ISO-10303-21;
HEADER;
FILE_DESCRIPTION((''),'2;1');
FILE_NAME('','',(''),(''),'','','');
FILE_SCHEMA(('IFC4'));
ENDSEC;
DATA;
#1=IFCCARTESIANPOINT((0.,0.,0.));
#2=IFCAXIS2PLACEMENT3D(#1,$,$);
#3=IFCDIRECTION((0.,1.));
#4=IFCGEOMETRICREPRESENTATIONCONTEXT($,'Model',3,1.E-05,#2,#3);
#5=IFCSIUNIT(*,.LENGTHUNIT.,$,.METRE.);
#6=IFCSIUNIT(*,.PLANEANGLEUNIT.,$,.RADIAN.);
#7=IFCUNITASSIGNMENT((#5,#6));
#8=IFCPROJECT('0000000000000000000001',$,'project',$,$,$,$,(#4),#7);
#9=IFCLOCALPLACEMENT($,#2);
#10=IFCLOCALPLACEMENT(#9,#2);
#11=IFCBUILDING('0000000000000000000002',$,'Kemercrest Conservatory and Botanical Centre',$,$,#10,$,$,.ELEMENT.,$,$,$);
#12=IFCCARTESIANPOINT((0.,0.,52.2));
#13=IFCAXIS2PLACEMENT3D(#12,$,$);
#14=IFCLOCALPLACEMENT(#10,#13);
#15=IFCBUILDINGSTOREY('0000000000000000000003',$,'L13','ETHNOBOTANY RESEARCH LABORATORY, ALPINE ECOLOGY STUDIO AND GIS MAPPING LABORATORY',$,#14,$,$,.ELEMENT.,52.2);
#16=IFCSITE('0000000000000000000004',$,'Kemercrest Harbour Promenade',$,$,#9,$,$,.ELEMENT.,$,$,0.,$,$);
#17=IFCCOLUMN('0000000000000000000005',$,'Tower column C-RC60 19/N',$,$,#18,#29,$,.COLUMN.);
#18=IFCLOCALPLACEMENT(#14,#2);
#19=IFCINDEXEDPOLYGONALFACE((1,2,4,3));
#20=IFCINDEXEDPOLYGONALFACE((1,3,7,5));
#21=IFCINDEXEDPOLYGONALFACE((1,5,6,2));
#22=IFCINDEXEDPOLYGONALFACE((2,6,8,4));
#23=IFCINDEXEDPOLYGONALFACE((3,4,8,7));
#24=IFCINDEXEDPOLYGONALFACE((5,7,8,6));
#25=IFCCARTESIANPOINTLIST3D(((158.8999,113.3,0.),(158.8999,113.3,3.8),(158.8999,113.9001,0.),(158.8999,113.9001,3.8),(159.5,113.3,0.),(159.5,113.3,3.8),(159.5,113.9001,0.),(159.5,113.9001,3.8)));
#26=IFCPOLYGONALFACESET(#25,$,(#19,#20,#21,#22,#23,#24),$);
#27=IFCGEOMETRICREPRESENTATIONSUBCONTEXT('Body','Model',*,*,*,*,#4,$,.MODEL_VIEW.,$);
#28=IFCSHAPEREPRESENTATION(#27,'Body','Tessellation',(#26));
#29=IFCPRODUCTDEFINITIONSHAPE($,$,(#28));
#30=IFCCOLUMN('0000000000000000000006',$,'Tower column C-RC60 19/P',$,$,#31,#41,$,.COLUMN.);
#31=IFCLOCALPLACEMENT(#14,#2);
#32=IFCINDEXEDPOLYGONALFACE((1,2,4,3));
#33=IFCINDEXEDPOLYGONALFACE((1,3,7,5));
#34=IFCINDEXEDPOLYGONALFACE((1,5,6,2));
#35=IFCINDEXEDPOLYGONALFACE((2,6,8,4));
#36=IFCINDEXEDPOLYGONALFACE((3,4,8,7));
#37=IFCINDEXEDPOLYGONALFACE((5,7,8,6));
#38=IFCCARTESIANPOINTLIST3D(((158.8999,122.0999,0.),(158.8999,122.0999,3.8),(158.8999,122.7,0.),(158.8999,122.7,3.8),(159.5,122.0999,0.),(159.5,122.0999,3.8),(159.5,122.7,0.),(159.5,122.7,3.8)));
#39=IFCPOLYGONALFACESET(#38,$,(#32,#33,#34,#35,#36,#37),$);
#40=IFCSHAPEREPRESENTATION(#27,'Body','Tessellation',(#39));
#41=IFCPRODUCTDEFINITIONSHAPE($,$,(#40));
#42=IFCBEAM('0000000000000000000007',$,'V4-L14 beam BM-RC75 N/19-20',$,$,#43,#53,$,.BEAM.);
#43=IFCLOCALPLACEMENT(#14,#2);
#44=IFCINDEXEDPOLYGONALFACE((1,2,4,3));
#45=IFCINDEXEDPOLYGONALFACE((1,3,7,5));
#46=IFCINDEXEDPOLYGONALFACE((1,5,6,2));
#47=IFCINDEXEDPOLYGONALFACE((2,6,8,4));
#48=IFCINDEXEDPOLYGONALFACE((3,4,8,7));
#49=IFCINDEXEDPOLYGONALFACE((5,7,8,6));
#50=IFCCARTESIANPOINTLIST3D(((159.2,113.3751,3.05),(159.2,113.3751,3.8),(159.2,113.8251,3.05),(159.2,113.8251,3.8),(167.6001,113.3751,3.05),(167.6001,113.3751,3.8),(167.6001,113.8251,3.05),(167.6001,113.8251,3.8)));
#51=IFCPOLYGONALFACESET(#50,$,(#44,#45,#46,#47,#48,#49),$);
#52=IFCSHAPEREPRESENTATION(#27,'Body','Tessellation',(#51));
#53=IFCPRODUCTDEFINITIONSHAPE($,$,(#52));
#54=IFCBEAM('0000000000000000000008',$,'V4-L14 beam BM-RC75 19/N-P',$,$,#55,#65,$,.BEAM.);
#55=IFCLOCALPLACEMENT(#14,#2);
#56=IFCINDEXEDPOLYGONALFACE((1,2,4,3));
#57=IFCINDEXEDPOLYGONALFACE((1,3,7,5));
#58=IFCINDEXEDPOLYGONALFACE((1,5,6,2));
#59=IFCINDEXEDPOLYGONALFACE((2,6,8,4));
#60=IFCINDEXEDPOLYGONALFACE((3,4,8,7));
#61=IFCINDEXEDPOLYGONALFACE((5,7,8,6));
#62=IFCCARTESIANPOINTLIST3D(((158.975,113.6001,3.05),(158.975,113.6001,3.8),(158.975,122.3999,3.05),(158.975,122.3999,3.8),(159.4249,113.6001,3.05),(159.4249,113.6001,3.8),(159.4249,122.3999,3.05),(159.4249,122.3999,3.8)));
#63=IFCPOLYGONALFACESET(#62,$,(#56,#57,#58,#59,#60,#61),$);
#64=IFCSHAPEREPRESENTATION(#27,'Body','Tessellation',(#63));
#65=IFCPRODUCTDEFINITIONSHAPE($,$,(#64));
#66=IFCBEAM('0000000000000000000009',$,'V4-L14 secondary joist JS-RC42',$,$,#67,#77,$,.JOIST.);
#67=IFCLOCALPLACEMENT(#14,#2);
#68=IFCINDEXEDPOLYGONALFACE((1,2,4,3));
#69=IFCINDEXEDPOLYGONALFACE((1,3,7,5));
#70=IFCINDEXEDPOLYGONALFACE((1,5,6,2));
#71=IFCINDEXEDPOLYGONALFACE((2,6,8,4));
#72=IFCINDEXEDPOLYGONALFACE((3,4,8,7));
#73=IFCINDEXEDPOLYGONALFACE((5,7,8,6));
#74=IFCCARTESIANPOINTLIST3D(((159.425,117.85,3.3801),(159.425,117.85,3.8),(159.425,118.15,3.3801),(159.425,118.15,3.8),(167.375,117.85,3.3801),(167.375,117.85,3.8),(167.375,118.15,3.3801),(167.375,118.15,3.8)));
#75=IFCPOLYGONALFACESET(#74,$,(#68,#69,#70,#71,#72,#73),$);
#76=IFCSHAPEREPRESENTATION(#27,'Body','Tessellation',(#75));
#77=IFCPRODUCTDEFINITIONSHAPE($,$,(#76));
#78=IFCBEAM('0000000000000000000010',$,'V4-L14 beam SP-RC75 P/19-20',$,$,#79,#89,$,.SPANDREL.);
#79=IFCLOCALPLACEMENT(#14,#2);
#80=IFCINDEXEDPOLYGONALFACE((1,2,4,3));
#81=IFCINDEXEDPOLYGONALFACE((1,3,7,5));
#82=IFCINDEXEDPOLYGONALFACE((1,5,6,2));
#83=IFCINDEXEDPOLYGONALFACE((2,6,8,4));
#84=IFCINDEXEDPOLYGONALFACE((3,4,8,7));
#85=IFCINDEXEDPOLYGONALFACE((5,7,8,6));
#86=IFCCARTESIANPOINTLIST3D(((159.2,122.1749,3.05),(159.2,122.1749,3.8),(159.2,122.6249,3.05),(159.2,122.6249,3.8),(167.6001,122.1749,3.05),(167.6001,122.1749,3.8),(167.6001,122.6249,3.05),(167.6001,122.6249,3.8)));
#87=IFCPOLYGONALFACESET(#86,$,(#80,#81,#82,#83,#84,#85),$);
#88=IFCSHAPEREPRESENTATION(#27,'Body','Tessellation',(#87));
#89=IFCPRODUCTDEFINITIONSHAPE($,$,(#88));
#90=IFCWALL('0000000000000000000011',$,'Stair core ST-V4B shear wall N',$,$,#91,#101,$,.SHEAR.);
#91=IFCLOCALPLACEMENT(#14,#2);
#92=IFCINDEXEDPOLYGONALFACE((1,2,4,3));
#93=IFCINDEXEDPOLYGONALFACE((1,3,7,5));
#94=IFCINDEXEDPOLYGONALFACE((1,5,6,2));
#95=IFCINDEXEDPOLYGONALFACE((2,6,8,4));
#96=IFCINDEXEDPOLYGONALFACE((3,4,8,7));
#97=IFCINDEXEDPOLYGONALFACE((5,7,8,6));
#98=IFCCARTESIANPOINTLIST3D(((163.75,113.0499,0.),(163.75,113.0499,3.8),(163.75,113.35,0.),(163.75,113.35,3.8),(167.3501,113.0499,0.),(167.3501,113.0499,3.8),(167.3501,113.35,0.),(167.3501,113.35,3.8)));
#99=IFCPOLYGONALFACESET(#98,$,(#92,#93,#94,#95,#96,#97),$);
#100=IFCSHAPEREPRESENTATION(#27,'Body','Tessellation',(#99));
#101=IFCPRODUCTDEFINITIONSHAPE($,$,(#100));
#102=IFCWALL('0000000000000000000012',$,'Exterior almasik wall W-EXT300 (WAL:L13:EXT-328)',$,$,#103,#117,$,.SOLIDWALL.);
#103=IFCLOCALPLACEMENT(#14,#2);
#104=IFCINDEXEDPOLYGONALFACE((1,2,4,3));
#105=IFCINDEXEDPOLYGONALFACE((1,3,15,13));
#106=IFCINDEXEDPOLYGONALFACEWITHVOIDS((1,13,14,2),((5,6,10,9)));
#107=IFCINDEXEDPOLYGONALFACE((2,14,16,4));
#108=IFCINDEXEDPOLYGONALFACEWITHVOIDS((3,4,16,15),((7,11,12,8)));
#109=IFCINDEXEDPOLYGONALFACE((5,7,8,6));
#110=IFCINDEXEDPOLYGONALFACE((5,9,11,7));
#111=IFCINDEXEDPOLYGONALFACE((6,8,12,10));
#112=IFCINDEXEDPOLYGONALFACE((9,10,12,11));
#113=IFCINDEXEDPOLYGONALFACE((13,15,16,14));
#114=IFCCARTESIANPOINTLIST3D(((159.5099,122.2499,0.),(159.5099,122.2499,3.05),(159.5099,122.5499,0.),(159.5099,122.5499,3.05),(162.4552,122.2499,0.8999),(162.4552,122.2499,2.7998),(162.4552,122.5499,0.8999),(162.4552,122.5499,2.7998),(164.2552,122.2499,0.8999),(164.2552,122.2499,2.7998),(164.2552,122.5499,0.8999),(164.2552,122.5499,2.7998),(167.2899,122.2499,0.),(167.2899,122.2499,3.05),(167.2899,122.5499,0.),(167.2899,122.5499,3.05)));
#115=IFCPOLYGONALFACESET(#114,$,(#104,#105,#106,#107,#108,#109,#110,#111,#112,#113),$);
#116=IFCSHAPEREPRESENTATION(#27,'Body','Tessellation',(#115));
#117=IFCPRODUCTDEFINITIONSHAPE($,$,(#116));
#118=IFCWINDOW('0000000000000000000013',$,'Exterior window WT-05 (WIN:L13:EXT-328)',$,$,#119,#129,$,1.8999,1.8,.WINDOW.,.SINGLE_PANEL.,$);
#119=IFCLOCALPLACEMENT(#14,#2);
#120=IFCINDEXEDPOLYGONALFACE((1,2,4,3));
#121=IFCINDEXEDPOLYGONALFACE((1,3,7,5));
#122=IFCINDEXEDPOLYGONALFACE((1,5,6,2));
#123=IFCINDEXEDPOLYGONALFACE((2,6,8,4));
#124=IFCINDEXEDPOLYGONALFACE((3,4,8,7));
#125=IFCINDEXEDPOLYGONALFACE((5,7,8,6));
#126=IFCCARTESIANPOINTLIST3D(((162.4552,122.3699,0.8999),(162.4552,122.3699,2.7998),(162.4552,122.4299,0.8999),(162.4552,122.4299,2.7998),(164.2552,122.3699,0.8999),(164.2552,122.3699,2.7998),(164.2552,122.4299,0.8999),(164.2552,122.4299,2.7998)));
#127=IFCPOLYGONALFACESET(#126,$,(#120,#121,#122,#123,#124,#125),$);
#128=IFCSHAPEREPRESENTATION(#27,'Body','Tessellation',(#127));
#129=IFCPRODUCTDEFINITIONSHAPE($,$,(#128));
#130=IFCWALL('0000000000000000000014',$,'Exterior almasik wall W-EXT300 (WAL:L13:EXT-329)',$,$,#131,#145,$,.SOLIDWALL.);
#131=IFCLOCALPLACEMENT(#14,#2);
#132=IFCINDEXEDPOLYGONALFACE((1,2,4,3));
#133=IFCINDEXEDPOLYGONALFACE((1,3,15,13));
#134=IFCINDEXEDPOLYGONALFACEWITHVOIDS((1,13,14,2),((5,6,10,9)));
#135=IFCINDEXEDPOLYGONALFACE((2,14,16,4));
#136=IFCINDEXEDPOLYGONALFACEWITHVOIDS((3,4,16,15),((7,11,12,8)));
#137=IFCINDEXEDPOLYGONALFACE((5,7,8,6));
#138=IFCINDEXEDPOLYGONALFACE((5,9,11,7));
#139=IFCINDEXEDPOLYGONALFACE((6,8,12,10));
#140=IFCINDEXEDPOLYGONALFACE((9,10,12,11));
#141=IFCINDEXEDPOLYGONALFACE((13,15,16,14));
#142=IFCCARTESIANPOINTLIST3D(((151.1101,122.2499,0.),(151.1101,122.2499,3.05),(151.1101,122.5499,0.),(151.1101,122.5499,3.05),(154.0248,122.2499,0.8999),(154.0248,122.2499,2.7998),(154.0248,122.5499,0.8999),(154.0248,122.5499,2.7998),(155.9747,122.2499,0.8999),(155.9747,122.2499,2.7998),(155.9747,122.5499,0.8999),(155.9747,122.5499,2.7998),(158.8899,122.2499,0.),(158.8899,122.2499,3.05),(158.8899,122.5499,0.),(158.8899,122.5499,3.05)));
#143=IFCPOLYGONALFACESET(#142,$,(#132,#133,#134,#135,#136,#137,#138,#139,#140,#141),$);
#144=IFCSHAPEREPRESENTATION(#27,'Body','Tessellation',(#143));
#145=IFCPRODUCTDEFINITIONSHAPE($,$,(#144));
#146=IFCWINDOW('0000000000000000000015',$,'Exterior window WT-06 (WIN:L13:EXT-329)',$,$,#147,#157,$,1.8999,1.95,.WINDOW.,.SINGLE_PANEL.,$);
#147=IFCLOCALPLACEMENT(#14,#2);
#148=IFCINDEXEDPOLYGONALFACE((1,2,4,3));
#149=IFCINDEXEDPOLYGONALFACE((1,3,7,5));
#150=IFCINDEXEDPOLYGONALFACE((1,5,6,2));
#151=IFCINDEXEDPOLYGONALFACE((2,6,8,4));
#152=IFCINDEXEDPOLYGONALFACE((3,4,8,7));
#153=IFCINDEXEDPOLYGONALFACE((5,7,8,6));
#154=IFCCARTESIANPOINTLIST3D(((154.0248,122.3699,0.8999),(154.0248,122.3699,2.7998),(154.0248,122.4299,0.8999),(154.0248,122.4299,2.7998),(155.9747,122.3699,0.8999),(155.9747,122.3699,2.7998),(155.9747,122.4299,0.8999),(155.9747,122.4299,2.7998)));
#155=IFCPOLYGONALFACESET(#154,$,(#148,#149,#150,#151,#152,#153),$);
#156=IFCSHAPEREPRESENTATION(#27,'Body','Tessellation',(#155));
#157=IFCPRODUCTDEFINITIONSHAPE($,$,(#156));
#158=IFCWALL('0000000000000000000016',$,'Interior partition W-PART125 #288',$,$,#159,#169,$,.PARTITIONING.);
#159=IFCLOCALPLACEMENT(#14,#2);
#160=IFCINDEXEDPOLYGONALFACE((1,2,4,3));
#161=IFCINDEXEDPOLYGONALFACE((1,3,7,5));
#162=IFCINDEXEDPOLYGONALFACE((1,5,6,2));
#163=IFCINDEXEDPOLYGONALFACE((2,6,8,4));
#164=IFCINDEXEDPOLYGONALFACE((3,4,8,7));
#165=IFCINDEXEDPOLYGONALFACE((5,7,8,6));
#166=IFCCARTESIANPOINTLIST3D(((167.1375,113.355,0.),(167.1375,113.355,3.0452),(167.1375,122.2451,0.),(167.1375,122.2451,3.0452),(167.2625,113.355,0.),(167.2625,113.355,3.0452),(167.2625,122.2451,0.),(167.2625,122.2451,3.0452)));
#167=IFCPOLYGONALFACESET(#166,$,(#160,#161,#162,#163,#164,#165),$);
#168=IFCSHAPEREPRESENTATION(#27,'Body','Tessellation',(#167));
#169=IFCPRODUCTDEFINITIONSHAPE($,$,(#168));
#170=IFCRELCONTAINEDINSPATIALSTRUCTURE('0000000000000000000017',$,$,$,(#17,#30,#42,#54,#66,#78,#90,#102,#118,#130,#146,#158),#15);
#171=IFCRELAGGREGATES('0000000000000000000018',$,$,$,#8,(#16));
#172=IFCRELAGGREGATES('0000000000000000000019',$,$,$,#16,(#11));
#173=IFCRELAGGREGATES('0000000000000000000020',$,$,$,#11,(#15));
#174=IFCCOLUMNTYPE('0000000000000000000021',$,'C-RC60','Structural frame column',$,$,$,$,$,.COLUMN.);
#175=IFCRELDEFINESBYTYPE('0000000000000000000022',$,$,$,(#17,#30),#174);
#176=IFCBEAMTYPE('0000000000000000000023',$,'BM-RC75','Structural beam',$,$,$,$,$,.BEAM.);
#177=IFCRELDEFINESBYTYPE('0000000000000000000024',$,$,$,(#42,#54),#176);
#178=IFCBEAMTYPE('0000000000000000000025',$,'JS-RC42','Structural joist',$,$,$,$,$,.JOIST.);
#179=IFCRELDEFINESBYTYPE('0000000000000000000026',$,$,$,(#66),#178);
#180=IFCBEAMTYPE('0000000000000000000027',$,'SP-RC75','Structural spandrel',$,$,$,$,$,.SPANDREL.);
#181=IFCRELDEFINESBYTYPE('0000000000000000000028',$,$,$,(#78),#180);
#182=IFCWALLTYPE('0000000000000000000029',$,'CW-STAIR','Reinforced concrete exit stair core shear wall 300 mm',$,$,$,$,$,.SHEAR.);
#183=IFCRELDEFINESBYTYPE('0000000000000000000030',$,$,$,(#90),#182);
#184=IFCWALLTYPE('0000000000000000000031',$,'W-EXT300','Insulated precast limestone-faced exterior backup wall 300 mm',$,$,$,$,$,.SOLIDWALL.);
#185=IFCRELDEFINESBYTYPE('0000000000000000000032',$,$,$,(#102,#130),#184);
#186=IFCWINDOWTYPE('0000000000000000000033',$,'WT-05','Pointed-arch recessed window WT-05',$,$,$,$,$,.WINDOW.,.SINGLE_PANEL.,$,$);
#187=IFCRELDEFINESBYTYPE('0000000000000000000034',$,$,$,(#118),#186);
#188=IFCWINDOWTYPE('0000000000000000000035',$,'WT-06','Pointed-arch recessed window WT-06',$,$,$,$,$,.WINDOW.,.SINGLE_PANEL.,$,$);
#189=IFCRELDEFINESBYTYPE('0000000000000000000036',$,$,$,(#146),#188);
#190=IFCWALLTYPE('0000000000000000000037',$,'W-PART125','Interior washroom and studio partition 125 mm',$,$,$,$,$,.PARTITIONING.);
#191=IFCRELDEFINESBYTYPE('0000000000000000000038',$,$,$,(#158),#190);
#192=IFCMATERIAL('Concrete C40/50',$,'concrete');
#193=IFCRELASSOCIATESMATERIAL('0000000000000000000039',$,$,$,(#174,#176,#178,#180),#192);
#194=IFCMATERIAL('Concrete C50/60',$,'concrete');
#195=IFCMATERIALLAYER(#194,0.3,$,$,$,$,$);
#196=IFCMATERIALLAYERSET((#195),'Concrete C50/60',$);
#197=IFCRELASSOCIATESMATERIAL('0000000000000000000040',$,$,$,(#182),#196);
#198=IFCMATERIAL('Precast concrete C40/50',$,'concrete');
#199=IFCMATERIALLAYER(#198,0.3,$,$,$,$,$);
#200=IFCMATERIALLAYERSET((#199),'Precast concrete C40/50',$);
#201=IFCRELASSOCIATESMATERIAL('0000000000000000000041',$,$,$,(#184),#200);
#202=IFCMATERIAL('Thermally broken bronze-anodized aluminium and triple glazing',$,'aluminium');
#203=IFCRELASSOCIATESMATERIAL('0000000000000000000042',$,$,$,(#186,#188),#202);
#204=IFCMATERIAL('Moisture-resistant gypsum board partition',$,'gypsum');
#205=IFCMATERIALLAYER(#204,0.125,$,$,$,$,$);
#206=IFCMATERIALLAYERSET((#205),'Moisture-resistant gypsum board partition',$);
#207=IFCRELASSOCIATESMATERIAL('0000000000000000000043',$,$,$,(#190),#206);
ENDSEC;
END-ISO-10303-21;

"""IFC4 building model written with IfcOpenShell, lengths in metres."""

from ifc_helpers import new_model, si_unit, direction, frame, frame_2d, origin, origin_2d, place, context, subcontext, project, spatial, rectangle, extrude, material, layer, layer_set, material_profile, profile_set, type_object, element, fill, save


model = new_model("IFC4")

# Units and contexts
model_context = context("Model", 3, precision=1e-05, world=origin(), true_north=direction((0.0, 1.0)))
body_context = subcontext(model_context, "Body", "Model", "MODEL_VIEW")
ifc_project = project(units=[si_unit("LENGTHUNIT", "METRE"), si_unit("PLANEANGLEUNIT", "RADIAN")], contexts=[model_context])

# Site, building, storey
site_placement = place(None, origin())
site = spatial("IfcSite", under=ifc_project, at=site_placement, Name="Kemercrest Harbour Promenade", CompositionType="ELEMENT", RefElevation=0.0)
building_placement = place(site_placement, origin())
building = spatial("IfcBuilding", under=site, at=building_placement, Name="Kemercrest Conservatory and Botanical Centre", CompositionType="ELEMENT")
storey_placement = place(building_placement, frame((0.0, 0.0, 52.2)))
storey = spatial("IfcBuildingStorey", under=building, at=storey_placement, Name="L13", Description="ETHNOBOTANY RESEARCH LABORATORY, ALPINE ECOLOGY STUDIO AND GIS MAPPING LABORATORY", CompositionType="ELEMENT", Elevation=52.2)

# Columns
ifc_material_1 = material(Name="Concrete C40/50", Category="concrete")
ifc_material_profile_1 = material_profile(ifc_material_1, rectangle(XDim=0.6001, YDim=0.6001, at=origin_2d()), Name="RC 600x600")
ifc_profile_set_1 = profile_set([ifc_material_profile_1], Name="Concrete C40/50")
column_type = type_object("IfcColumnType", Name="C-RC60", Description="Structural frame column", PredefinedType="COLUMN", material=ifc_profile_set_1)
for number, where, z_axis, x_axis, name in (
    (1, (159.2, 113.6001, 0.0), (0.0, 0.0, 1.0), (1.0, 0.0, 0.0), "Tower column C-RC60 19/N"),
    (2, (159.2, 122.3999, 0.0), (0.0, 0.0, 1.0), (1.0, 0.0, 0.0), "Tower column C-RC60 19/P"),
):
    element("IfcColumn", number, at=place(storey_placement, frame(where, z_axis=z_axis, x_axis=x_axis)), inside=storey, type_object=column_type, Name=name, PredefinedType="COLUMN", context=body_context, shape_type="SweptSolid", body=[
        extrude(rectangle(XDim=0.6001, YDim=0.6001, at=origin_2d()), origin(), (0.0, 0.0, 1.0), 3.8),
    ])

# Beams
ifc_material_profile_2 = material_profile(ifc_material_1, rectangle(XDim=0.45, YDim=0.75, at=origin_2d()), Name="RC 450x750")
ifc_profile_set_2 = profile_set([ifc_material_profile_2], Name="Concrete C40/50")
beam_type_1 = type_object("IfcBeamType", Name="BM-RC75", Description="Structural beam", PredefinedType="BEAM", material=ifc_profile_set_2)
beam_1_placement = place(storey_placement, frame((159.2, 113.6001, 3.425), z_axis=(1.0, 0.0, 0.0), x_axis=(0.0, 1.0, 0.0)))
element("IfcBeam", 3, at=beam_1_placement, inside=storey, type_object=beam_type_1, Name="V4-L14 beam BM-RC75 N/19-20", PredefinedType="BEAM", context=body_context, shape_type="SweptSolid", body=[
    extrude(rectangle(XDim=0.45, YDim=0.75, at=origin_2d()), origin(), (0.0, 0.0, 1.0), 8.4001),
])
beam_2_placement = place(storey_placement, frame((159.2, 113.6001, 3.425), z_axis=(0.0, 1.0, 0.0), x_axis=(-1.0, 0.0, 0.0)))
element("IfcBeam", 4, at=beam_2_placement, inside=storey, type_object=beam_type_1, Name="V4-L14 beam BM-RC75 19/N-P", PredefinedType="BEAM", context=body_context, shape_type="SweptSolid", body=[
    extrude(rectangle(XDim=0.45, YDim=0.75, at=origin_2d()), origin(), (0.0, 0.0, 1.0), 8.7998),
])
ifc_material_profile_3 = material_profile(ifc_material_1, rectangle(XDim=0.3, YDim=0.4199, at=origin_2d()), Name="RC 300x420")
ifc_profile_set_3 = profile_set([ifc_material_profile_3], Name="Concrete C40/50")
beam_type_2 = type_object("IfcBeamType", Name="JS-RC42", Description="Structural joist", PredefinedType="JOIST", material=ifc_profile_set_3)
beam_3_placement = place(storey_placement, frame((159.425, 118.0, 3.5901), z_axis=(1.0, 0.0, 0.0), x_axis=(0.0, 1.0, 0.0)))
element("IfcBeam", 5, at=beam_3_placement, inside=storey, type_object=beam_type_2, Name="V4-L14 secondary joist JS-RC42", PredefinedType="JOIST", context=body_context, shape_type="SweptSolid", body=[
    extrude(rectangle(XDim=0.3, YDim=0.4199, at=origin_2d()), origin(), (0.0, 0.0, 1.0), 7.95),
])
ifc_material_profile_4 = material_profile(ifc_material_1, rectangle(XDim=0.45, YDim=0.75, at=origin_2d()), Name="RC 450x750")
ifc_profile_set_4 = profile_set([ifc_material_profile_4], Name="Concrete C40/50")
beam_type_3 = type_object("IfcBeamType", Name="SP-RC75", Description="Structural spandrel", PredefinedType="SPANDREL", material=ifc_profile_set_4)
beam_4_placement = place(storey_placement, frame((159.2, 122.3999, 3.425), z_axis=(1.0, 0.0, 0.0), x_axis=(0.0, 1.0, 0.0)))
element("IfcBeam", 6, at=beam_4_placement, inside=storey, type_object=beam_type_3, Name="V4-L14 beam SP-RC75 P/19-20", PredefinedType="SPANDREL", context=body_context, shape_type="SweptSolid", body=[
    extrude(rectangle(XDim=0.45, YDim=0.75, at=origin_2d()), origin(), (0.0, 0.0, 1.0), 8.4001),
])

# Wall
ifc_material_2 = material(Name="Concrete C50/60", Category="concrete")
ifc_layer_1 = layer(ifc_material_2, 0.3)
ifc_layer_set_1 = layer_set([ifc_layer_1], Name="Concrete C50/60")
wall_type_1 = type_object("IfcWallType", Name="CW-STAIR", Description="Reinforced concrete exit stair core shear wall 300 mm", PredefinedType="SHEAR", material=ifc_layer_set_1)
wall_1_placement = place(storey_placement, frame((163.75, 113.2, 0.0), z_axis=(0.0, 0.0, 1.0), x_axis=(1.0, 0.0, 0.0)))
element("IfcWall", 7, at=wall_1_placement, inside=storey, type_object=wall_type_1, Name="Stair core ST-V4B shear wall N", PredefinedType="SHEAR", context=body_context, shape_type="SweptSolid", body=[
    extrude(rectangle(XDim=3.6001, YDim=0.3, at=frame_2d((1.8, 0.0))), origin(), (0.0, 0.0, 1.0), 3.8),
])

# Walls, openings, windows
ifc_material_3 = material(Name="Precast concrete C40/50", Category="concrete")
ifc_layer_2 = layer(ifc_material_3, 0.3)
ifc_layer_set_2 = layer_set([ifc_layer_2], Name="Precast concrete C40/50")
wall_type_2 = type_object("IfcWallType", Name="W-EXT300", Description="Insulated precast limestone-faced exterior backup wall 300 mm", PredefinedType="SOLIDWALL", material=ifc_layer_set_2)
wall_2_placement = place(storey_placement, frame((167.29, 122.3999, 0.0), z_axis=(0.0, 0.0, 1.0), x_axis=(-1.0, 0.0, 0.0)))
wall_2 = element("IfcWall", 8, at=wall_2_placement, inside=storey, type_object=wall_type_2, Name="Exterior almasik wall W-EXT300 (WAL:L13:EXT-328)", PredefinedType="SOLIDWALL", context=body_context, shape_type="SweptSolid", body=[
    extrude(rectangle(XDim=7.78, YDim=0.3, at=frame_2d((3.8901, 0.0))), origin(), (0.0, 0.0, 1.0), 3.05),
])
opening_1_placement = place(wall_2_placement, frame((3.0349, 0.0, 0.8999)))
opening_1 = element("IfcOpeningElement", 9, at=opening_1_placement, cuts=wall_2, PredefinedType="OPENING", context=body_context, shape_type="SweptSolid", body=[
    extrude(rectangle(XDim=1.8, YDim=1.8999, at=frame_2d((0.8999, 0.95))), frame((0.0, 0.1602, 0.0), z_axis=(0.0, -1.0, 0.0), x_axis=(1.0, 0.0, 0.0)), (0.0, 0.0, 1.0), 0.3201),
])
ifc_material_4 = material(Name="Thermally broken bronze-anodized aluminium and triple glazing", Category="aluminium")
window_type_1 = type_object("IfcWindowType", Name="WT-05", Description="Pointed-arch recessed window WT-05", PartitioningType="SINGLE_PANEL", PredefinedType="WINDOW", material=ifc_material_4)
window_1_placement = place(opening_1_placement, origin())
window_1 = element("IfcWindow", 10, at=window_1_placement, inside=storey, type_object=window_type_1, Name="Exterior window WT-05 (WIN:L13:EXT-328)", OverallHeight=1.8999, OverallWidth=1.8, PartitioningType="SINGLE_PANEL", PredefinedType="WINDOW", context=body_context, shape_type="SweptSolid", body=[
    extrude(rectangle(XDim=1.8, YDim=1.8999, at=frame_2d((0.8999, 0.95))), frame((0.0, 0.03, 0.0), z_axis=(0.0, -1.0, 0.0), x_axis=(1.0, 0.0, 0.0)), (0.0, 0.0, 1.0), 0.0601),
])
fill(opening_1, window_1)
wall_3_placement = place(storey_placement, frame((158.8899, 122.3999, 0.0), z_axis=(0.0, 0.0, 1.0), x_axis=(-1.0, 0.0, 0.0)))
wall_3 = element("IfcWall", 11, at=wall_3_placement, inside=storey, type_object=wall_type_2, Name="Exterior almasik wall W-EXT300 (WAL:L13:EXT-329)", PredefinedType="SOLIDWALL", context=body_context, shape_type="SweptSolid", body=[
    extrude(rectangle(XDim=7.7798, YDim=0.3, at=frame_2d((3.8899, 0.0))), origin(), (0.0, 0.0, 1.0), 3.05),
])
opening_2_placement = place(wall_3_placement, frame((2.915, 0.0, 0.8999)))
opening_2 = element("IfcOpeningElement", 12, at=opening_2_placement, cuts=wall_3, PredefinedType="OPENING", context=body_context, shape_type="SweptSolid", body=[
    extrude(rectangle(XDim=1.95, YDim=1.8999, at=frame_2d((0.9751, 0.95))), frame((0.0, 0.1602, 0.0), z_axis=(0.0, -1.0, 0.0), x_axis=(1.0, 0.0, 0.0)), (0.0, 0.0, 1.0), 0.3201),
])
window_type_2 = type_object("IfcWindowType", Name="WT-06", Description="Pointed-arch recessed window WT-06", PartitioningType="SINGLE_PANEL", PredefinedType="WINDOW", material=ifc_material_4)
window_2_placement = place(opening_2_placement, origin())
window_2 = element("IfcWindow", 13, at=window_2_placement, inside=storey, type_object=window_type_2, Name="Exterior window WT-06 (WIN:L13:EXT-329)", OverallHeight=1.8999, OverallWidth=1.95, PartitioningType="SINGLE_PANEL", PredefinedType="WINDOW", context=body_context, shape_type="SweptSolid", body=[
    extrude(rectangle(XDim=1.95, YDim=1.8999, at=frame_2d((0.9751, 0.95))), frame((0.0, 0.03, 0.0), z_axis=(0.0, -1.0, 0.0), x_axis=(1.0, 0.0, 0.0)), (0.0, 0.0, 1.0), 0.0601),
])
fill(opening_2, window_2)

# Wall
ifc_material_5 = material(Name="Moisture-resistant gypsum board partition", Category="gypsum")
ifc_layer_3 = layer(ifc_material_5, 0.125)
ifc_layer_set_3 = layer_set([ifc_layer_3], Name="Moisture-resistant gypsum board partition")
wall_type_3 = type_object("IfcWallType", Name="W-PART125", Description="Interior washroom and studio partition 125 mm", PredefinedType="PARTITIONING", material=ifc_layer_set_3)
wall_4_placement = place(storey_placement, frame((167.2, 113.355, 0.0), z_axis=(0.0, 0.0, 1.0), x_axis=(0.0, 1.0, 0.0)))
element("IfcWall", 14, at=wall_4_placement, inside=storey, type_object=wall_type_3, Name="Interior partition W-PART125 #288", PredefinedType="PARTITIONING", context=body_context, shape_type="SweptSolid", body=[
    extrude(rectangle(XDim=8.8901, YDim=0.125, at=frame_2d((4.4451, 0.0))), origin(), (0.0, 0.0, 1.0), 3.0452),
])

save(model, "model.ifc")
